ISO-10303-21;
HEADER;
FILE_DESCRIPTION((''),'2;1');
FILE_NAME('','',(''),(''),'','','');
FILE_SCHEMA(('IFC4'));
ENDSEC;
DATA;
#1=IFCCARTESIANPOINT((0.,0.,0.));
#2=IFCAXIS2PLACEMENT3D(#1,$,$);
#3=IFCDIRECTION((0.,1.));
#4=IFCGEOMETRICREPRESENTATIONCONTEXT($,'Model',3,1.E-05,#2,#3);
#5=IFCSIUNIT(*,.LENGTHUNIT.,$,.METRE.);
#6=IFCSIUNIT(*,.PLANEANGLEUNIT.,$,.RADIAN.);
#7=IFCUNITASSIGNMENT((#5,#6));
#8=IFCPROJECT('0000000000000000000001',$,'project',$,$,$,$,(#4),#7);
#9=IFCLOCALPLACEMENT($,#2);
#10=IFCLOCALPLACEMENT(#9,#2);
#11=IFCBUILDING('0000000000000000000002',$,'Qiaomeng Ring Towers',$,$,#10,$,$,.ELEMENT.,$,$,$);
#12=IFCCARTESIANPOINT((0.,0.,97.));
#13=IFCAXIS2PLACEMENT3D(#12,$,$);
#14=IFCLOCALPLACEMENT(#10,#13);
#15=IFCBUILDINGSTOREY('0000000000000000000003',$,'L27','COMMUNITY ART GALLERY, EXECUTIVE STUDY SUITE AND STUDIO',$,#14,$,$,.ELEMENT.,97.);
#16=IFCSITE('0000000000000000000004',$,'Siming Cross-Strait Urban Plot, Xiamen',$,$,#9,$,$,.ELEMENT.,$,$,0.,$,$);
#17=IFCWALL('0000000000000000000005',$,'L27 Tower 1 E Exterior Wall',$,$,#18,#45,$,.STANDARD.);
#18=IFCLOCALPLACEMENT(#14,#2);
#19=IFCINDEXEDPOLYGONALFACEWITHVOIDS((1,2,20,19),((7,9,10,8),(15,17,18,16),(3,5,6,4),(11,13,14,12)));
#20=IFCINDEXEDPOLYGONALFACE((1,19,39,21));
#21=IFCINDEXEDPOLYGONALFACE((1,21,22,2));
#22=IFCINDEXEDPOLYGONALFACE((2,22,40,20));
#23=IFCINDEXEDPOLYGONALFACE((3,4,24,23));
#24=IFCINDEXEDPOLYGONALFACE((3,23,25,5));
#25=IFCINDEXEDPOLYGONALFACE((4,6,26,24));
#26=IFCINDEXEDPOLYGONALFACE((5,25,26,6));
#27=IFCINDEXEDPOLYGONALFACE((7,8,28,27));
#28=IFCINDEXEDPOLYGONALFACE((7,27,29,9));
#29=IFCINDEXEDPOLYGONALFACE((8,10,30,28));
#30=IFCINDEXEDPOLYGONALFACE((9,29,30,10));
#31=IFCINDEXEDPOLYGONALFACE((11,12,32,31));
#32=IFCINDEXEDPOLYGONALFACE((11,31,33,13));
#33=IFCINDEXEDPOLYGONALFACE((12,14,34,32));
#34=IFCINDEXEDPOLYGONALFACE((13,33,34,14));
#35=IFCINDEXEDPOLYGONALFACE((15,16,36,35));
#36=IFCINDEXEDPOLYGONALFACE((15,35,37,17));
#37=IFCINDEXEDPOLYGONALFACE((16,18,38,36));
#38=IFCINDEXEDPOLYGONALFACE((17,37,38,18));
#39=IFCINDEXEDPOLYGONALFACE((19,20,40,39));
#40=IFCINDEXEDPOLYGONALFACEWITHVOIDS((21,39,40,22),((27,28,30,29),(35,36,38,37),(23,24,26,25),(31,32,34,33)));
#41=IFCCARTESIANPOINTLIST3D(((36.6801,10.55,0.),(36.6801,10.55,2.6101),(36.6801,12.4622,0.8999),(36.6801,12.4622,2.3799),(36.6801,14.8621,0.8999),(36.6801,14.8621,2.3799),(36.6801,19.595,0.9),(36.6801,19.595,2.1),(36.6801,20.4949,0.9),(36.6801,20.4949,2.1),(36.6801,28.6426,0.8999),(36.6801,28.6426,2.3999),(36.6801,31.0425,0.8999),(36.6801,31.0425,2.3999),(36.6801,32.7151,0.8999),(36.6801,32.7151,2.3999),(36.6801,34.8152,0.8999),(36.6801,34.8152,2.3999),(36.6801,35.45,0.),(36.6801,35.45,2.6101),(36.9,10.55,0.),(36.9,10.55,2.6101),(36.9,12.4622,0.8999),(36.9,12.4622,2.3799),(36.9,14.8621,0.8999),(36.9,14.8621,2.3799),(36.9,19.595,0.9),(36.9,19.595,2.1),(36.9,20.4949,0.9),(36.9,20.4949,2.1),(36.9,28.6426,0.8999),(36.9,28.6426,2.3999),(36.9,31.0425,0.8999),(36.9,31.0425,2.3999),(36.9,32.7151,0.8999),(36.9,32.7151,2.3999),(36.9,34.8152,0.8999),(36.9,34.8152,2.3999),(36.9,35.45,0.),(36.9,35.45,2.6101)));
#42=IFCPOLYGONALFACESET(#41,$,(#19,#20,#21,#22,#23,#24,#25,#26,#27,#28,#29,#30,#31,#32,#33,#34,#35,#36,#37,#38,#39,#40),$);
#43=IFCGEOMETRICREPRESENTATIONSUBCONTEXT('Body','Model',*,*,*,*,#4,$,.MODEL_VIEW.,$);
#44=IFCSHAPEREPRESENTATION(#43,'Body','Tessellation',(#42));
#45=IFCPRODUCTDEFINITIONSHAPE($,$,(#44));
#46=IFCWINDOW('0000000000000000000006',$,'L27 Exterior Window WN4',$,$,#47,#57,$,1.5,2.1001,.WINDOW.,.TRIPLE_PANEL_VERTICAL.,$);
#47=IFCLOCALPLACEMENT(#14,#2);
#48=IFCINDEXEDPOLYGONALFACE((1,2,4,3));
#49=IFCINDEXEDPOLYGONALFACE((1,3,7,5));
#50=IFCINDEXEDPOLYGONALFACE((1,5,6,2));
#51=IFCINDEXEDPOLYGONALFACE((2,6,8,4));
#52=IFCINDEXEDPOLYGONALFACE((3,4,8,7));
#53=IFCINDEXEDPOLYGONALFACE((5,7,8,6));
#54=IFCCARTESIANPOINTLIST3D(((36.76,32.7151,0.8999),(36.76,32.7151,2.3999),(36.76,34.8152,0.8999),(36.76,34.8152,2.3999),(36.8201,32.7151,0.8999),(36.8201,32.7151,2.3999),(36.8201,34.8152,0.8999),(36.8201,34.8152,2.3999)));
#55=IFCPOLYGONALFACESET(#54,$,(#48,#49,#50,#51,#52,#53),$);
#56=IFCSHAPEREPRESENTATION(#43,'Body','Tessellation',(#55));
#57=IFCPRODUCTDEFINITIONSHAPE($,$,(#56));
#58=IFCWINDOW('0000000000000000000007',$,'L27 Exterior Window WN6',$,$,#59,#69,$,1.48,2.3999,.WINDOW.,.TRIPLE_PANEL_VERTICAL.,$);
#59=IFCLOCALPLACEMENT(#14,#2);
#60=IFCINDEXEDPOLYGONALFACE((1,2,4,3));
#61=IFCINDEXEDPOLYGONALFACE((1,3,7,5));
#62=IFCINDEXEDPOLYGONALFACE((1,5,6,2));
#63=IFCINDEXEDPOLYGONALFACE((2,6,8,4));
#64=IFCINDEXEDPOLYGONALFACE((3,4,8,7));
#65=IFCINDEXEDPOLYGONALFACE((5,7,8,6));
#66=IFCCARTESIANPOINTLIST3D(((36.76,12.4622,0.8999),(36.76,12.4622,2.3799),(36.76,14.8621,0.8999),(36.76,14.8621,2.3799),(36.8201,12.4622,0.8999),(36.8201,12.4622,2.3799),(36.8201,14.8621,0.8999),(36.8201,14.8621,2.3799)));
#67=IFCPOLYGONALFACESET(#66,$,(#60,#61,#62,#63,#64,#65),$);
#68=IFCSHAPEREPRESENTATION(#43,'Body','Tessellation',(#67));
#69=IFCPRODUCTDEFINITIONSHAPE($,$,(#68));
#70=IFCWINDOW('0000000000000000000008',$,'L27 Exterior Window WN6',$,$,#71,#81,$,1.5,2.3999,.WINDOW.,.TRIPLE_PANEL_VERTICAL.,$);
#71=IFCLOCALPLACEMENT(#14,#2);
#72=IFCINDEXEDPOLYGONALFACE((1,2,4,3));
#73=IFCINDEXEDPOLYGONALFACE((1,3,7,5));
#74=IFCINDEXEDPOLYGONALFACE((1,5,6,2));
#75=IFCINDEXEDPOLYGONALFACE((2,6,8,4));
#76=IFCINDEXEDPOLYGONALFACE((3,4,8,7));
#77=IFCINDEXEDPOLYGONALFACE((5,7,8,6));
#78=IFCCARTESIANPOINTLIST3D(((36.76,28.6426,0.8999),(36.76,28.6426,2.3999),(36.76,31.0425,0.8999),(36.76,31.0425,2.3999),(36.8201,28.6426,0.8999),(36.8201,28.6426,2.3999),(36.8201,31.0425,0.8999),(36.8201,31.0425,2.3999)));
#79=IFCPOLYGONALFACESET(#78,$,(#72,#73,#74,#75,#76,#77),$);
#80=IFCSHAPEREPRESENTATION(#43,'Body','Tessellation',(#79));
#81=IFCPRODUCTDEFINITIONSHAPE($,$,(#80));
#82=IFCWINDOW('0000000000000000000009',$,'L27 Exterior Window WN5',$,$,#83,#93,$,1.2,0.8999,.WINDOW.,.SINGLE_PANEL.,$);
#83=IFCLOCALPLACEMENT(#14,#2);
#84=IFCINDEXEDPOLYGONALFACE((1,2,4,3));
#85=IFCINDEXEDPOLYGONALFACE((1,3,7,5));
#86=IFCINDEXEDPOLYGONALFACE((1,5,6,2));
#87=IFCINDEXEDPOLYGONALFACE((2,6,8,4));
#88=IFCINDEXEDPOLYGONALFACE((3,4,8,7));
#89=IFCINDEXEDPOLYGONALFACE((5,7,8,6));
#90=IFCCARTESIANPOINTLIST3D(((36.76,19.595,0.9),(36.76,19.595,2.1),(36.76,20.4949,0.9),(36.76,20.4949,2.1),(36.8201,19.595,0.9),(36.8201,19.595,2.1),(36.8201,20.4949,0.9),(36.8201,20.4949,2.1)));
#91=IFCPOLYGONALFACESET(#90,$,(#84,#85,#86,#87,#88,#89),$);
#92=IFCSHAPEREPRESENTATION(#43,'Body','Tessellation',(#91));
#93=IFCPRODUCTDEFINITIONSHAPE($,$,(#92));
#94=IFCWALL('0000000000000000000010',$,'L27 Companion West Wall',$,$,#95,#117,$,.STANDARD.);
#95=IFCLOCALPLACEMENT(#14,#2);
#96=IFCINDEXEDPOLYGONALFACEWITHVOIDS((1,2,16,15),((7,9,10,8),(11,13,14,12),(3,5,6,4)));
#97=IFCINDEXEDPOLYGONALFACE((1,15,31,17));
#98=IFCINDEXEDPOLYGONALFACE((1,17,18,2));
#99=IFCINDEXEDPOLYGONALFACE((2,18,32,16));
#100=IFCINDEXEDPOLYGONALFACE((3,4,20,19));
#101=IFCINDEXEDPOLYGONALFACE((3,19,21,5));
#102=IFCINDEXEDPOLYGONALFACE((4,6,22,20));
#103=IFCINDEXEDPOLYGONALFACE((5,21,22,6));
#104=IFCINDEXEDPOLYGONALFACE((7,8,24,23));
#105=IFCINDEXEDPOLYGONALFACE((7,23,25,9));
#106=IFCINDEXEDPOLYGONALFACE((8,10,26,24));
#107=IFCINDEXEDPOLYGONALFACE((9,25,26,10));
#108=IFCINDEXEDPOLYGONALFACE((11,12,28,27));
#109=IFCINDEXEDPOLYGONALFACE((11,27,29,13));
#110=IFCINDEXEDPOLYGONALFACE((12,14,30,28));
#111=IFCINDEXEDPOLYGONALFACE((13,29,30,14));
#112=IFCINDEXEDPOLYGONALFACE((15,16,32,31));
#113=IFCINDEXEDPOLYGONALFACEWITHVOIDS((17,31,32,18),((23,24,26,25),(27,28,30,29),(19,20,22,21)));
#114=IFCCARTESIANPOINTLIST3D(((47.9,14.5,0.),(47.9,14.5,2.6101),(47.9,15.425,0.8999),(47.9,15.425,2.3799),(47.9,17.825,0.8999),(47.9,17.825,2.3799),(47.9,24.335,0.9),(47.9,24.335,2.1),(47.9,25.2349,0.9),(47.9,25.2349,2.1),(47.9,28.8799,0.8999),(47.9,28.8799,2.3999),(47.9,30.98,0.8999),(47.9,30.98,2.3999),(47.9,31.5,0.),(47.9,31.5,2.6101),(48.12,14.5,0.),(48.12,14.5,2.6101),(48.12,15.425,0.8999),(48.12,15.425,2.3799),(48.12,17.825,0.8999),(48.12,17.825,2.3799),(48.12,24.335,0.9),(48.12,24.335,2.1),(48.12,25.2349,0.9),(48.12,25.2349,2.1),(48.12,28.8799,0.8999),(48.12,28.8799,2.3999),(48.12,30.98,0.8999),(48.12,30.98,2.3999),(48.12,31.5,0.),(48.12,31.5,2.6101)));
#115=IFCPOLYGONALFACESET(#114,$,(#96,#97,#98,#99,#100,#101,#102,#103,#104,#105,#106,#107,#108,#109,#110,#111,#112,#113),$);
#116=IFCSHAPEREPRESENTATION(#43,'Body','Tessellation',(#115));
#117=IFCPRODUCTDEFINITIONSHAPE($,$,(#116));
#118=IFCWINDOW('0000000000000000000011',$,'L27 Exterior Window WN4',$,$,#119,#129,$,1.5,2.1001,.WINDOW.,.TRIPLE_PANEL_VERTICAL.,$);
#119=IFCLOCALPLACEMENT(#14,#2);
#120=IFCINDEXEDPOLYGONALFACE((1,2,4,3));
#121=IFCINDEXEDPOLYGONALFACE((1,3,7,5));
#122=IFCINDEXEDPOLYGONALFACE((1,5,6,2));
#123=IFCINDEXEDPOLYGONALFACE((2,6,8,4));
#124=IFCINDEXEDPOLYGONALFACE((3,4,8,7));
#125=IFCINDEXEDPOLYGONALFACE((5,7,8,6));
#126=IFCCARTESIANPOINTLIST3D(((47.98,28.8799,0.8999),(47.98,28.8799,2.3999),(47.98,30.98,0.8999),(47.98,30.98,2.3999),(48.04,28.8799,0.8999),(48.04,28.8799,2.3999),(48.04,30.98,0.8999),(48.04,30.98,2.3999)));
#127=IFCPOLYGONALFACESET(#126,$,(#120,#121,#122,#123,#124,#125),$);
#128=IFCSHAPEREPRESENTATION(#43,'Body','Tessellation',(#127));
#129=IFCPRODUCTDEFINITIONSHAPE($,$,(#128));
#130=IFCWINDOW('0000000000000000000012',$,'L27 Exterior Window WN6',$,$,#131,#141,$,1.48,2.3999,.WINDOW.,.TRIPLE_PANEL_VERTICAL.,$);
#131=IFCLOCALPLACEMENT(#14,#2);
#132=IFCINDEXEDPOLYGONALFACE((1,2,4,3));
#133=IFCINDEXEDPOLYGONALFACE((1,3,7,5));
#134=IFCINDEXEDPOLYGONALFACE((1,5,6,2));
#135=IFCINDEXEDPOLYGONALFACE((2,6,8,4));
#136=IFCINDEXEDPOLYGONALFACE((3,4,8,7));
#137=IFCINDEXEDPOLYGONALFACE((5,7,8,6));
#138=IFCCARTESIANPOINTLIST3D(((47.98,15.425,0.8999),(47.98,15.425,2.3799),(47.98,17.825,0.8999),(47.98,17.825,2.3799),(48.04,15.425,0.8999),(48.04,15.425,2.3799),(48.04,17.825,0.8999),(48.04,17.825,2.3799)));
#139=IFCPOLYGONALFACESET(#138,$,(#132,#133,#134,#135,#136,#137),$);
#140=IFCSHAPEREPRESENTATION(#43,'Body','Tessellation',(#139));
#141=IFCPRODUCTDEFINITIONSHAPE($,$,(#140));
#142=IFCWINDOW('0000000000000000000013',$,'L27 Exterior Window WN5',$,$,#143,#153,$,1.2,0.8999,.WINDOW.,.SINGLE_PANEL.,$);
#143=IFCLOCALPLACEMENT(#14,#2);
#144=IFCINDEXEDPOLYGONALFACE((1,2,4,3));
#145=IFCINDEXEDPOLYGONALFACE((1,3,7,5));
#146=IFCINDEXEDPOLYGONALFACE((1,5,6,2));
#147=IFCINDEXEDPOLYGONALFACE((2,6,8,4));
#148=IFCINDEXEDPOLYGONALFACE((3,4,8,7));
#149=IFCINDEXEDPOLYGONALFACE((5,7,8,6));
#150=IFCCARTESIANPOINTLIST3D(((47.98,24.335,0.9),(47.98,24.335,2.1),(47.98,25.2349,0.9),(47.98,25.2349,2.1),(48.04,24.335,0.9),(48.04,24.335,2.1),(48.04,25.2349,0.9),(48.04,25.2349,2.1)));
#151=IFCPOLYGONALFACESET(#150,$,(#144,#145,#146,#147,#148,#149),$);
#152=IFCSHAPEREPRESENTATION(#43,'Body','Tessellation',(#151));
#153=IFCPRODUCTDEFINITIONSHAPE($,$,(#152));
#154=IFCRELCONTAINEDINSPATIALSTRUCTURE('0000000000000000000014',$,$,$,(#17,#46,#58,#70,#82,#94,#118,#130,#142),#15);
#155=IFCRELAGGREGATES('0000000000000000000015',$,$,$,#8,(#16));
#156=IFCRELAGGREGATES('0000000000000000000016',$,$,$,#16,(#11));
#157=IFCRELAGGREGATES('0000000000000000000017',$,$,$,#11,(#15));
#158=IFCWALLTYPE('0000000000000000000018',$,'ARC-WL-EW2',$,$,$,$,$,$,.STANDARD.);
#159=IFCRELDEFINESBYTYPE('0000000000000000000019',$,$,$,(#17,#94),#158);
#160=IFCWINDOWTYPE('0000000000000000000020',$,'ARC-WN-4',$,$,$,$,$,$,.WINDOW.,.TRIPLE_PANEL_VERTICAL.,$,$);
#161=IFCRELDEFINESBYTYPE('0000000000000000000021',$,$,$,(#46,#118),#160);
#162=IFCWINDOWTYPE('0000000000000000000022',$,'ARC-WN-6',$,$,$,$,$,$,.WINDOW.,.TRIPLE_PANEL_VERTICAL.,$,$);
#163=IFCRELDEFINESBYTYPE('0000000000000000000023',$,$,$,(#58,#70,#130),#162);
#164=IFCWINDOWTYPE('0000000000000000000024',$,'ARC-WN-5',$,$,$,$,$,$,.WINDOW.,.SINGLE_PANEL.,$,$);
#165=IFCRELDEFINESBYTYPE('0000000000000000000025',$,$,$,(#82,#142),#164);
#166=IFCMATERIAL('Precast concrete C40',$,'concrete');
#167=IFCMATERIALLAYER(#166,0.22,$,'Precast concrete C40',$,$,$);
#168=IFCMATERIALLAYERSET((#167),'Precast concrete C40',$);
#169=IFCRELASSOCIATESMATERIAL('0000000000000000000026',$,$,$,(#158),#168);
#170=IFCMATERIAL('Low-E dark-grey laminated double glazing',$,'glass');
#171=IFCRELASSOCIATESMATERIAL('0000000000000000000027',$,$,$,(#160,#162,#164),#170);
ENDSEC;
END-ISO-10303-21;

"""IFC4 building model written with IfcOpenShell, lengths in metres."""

from ifc_helpers import new_model, si_unit, direction, frame, frame_2d, origin, place, context, subcontext, project, spatial, rectangle, extrude, source, transform, mapped, material, layer, layer_set, type_object, element, fill, save


model = new_model("IFC4")

# Units and contexts
model_context = context("Model", 3, precision=1e-05, world=origin(), true_north=direction((0.0, 1.0)))
body_context = subcontext(model_context, "Body", "Model", "MODEL_VIEW")
ifc_project = project(units=[si_unit("LENGTHUNIT", "METRE"), si_unit("PLANEANGLEUNIT", "RADIAN")], contexts=[model_context])

# Site, building, storey
site_placement = place(None, origin())
site = spatial("IfcSite", under=ifc_project, at=site_placement, Name="Siming Cross-Strait Urban Plot, Xiamen", CompositionType="ELEMENT", RefElevation=0.0)
building_placement = place(site_placement, origin())
building = spatial("IfcBuilding", under=site, at=building_placement, Name="Qiaomeng Ring Towers", CompositionType="ELEMENT")
storey_placement = place(building_placement, frame((0.0, 0.0, 97.0)))
storey = spatial("IfcBuildingStorey", under=building, at=storey_placement, Name="L27", Description="COMMUNITY ART GALLERY, EXECUTIVE STUDY SUITE AND STUDIO", CompositionType="ELEMENT", Elevation=97.0)

# Shared definitions
ifc_material_1 = material(Name="Low-E dark-grey laminated double glazing", Category="glass")

# Walls, openings, windows
ifc_material_2 = material(Name="Precast concrete C40", Category="concrete")
ifc_layer_1 = layer(ifc_material_2, 0.22, Name="Precast concrete C40")
ifc_layer_set_1 = layer_set([ifc_layer_1], Name="Precast concrete C40")
wall_type_1 = type_object("IfcWallType", Name="ARC-WL-EW2", PredefinedType="STANDARD", material=ifc_layer_set_1)
wall_1_placement = place(storey_placement, frame((36.79, 10.55, 0.0), z_axis=(0.0, 0.0, 1.0), x_axis=(0.0, 1.0, 0.0)))
wall_1 = element("IfcWall", 1, at=wall_1_placement, inside=storey, type_object=wall_type_1, Name="L27 Tower 1 E Exterior Wall", PredefinedType="STANDARD", context=body_context, shape_type="SweptSolid", body=[
    extrude(rectangle(XDim=24.8999, YDim=0.22, at=frame_2d((12.45, 0.0))), origin(), (0.0, 0.0, 1.0), 2.6101),
])
opening_1_placement = place(wall_1_placement, frame((1.9121, 0.0, 0.8999)))
opening_1 = element("IfcOpeningElement", 2, at=opening_1_placement, cuts=wall_1, PredefinedType="OPENING", context=body_context, shape_type="SweptSolid", body=[
    extrude(rectangle(XDim=2.3999, YDim=1.48, at=frame_2d((1.2, 0.74))), frame((0.0, 0.1199, 0.0), z_axis=(0.0, -1.0, 0.0), x_axis=(1.0, 0.0, 0.0)), (0.0, 0.0, 1.0), 0.24),
])
opening_2_placement = place(wall_1_placement, frame((22.165, 0.0, 0.8999)))
opening_2 = element("IfcOpeningElement", 3, at=opening_2_placement, cuts=wall_1, PredefinedType="OPENING", context=body_context, shape_type="SweptSolid", body=[
    extrude(rectangle(XDim=2.1001, YDim=1.5, at=frame_2d((1.05, 0.75))), frame((0.0, 0.1199, 0.0), z_axis=(0.0, -1.0, 0.0), x_axis=(1.0, 0.0, 0.0)), (0.0, 0.0, 1.0), 0.24),
])
opening_3_placement = place(wall_1_placement, frame((18.0925, 0.0, 0.8999)))
opening_3 = element("IfcOpeningElement", 4, at=opening_3_placement, cuts=wall_1, PredefinedType="OPENING", context=body_context, shape_type="SweptSolid", body=[
    extrude(rectangle(XDim=2.3999, YDim=1.5, at=frame_2d((1.2, 0.75))), frame((0.0, 0.1199, 0.0), z_axis=(0.0, -1.0, 0.0), x_axis=(1.0, 0.0, 0.0)), (0.0, 0.0, 1.0), 0.24),
])
opening_4_placement = place(wall_1_placement, frame((9.0449, 0.0, 0.8999)))
opening_4 = element("IfcOpeningElement", 5, at=opening_4_placement, cuts=wall_1, PredefinedType="OPENING", context=body_context, shape_type="SweptSolid", body=[
    extrude(rectangle(XDim=0.8999, YDim=1.2, at=frame_2d((0.45, 0.6001))), frame((0.0, 0.1199, 0.0), z_axis=(0.0, -1.0, 0.0), x_axis=(1.0, 0.0, 0.0)), (0.0, 0.0, 1.0), 0.24),
])
window_type_1 = type_object("IfcWindowType", Name="ARC-WN-4", PartitioningType="TRIPLE_PANEL_VERTICAL", PredefinedType="WINDOW", material=ifc_material_1)
shared_shape_1 = source(origin(), body_context, "Body", "SweptSolid", [
    extrude(rectangle(XDim=2.1001, YDim=1.5, at=frame_2d((1.05, 0.75))), frame((0.0, 0.03, 0.0), z_axis=(0.0, -1.0, 0.0), x_axis=(1.0, 0.0, 0.0)), (0.0, 0.0, 1.0), 0.0601),
])
window_1_placement = place(opening_2_placement, origin())
window_1 = element("IfcWindow", 6, at=window_1_placement, inside=storey, type_object=window_type_1, Name="L27 Exterior Window WN4", OverallHeight=1.5, OverallWidth=2.1001, PartitioningType="TRIPLE_PANEL_VERTICAL", PredefinedType="WINDOW", context=body_context, shape_type="MappedRepresentation", body=[
    mapped(shared_shape_1, transform((0.0, 0.0, 0.0), x_axis=(1.0, 0.0, 0.0), y_axis=(0.0, 1.0, 0.0), z_axis=(0.0, 0.0, 1.0), scale=1.0)),
])
fill(opening_2, window_1)
window_type_2 = type_object("IfcWindowType", Name="ARC-WN-6", PartitioningType="TRIPLE_PANEL_VERTICAL", PredefinedType="WINDOW", material=ifc_material_1)
shared_shape_2 = source(origin(), body_context, "Body", "SweptSolid", [
    extrude(rectangle(XDim=2.3999, YDim=1.48, at=frame_2d((1.2, 0.74))), frame((0.0, 0.03, 0.0), z_axis=(0.0, -1.0, 0.0), x_axis=(1.0, 0.0, 0.0)), (0.0, 0.0, 1.0), 0.0601),
])
window_2_placement = place(opening_1_placement, origin())
window_2 = element("IfcWindow", 7, at=window_2_placement, inside=storey, type_object=window_type_2, Name="L27 Exterior Window WN6", OverallHeight=1.48, OverallWidth=2.3999, PartitioningType="TRIPLE_PANEL_VERTICAL", PredefinedType="WINDOW", context=body_context, shape_type="MappedRepresentation", body=[
    mapped(shared_shape_2, transform((0.0, 0.0, 0.0), x_axis=(1.0, 0.0, 0.0), y_axis=(0.0, 1.0, 0.0), z_axis=(0.0, 0.0, 1.0), scale=1.0)),
])
fill(opening_1, window_2)
shared_shape_3 = source(origin(), body_context, "Body", "SweptSolid", [
    extrude(rectangle(XDim=2.3999, YDim=1.5, at=frame_2d((1.2, 0.75))), frame((0.0, 0.03, 0.0), z_axis=(0.0, -1.0, 0.0), x_axis=(1.0, 0.0, 0.0)), (0.0, 0.0, 1.0), 0.0601),
])
window_3_placement = place(opening_3_placement, origin())
window_3 = element("IfcWindow", 8, at=window_3_placement, inside=storey, type_object=window_type_2, Name="L27 Exterior Window WN6", OverallHeight=1.5, OverallWidth=2.3999, PartitioningType="TRIPLE_PANEL_VERTICAL", PredefinedType="WINDOW", context=body_context, shape_type="MappedRepresentation", body=[
    mapped(shared_shape_3, transform((0.0, 0.0, 0.0), x_axis=(1.0, 0.0, 0.0), y_axis=(0.0, 1.0, 0.0), z_axis=(0.0, 0.0, 1.0), scale=1.0)),
])
fill(opening_3, window_3)
window_type_3 = type_object("IfcWindowType", Name="ARC-WN-5", PartitioningType="SINGLE_PANEL", PredefinedType="WINDOW", material=ifc_material_1)
shared_shape_4 = source(origin(), body_context, "Body", "SweptSolid", [
    extrude(rectangle(XDim=0.8999, YDim=1.2, at=frame_2d((0.45, 0.6001))), frame((0.0, 0.03, 0.0), z_axis=(0.0, -1.0, 0.0), x_axis=(1.0, 0.0, 0.0)), (0.0, 0.0, 1.0), 0.0601),
])
window_4_placement = place(opening_4_placement, origin())
window_4 = element("IfcWindow", 9, at=window_4_placement, inside=storey, type_object=window_type_3, Name="L27 Exterior Window WN5", OverallHeight=1.2, OverallWidth=0.8999, PartitioningType="SINGLE_PANEL", PredefinedType="WINDOW", context=body_context, shape_type="MappedRepresentation", body=[
    mapped(shared_shape_4, transform((0.0, 0.0, 0.0), x_axis=(1.0, 0.0, 0.0), y_axis=(0.0, 1.0, 0.0), z_axis=(0.0, 0.0, 1.0), scale=1.0)),
])
fill(opening_4, window_4)
wall_2_placement = place(storey_placement, frame((48.01, 14.5, 0.0), z_axis=(0.0, 0.0, 1.0), x_axis=(0.0, 1.0, 0.0)))
wall_2 = element("IfcWall", 10, at=wall_2_placement, inside=storey, type_object=wall_type_1, Name="L27 Companion West Wall", PredefinedType="STANDARD", context=body_context, shape_type="SweptSolid", body=[
    extrude(rectangle(XDim=17.0, YDim=0.22, at=frame_2d((8.5, 0.0))), origin(), (0.0, 0.0, 1.0), 2.6101),
])
opening_5_placement = place(wall_2_placement, frame((0.925, 0.0, 0.8999)))
opening_5 = element("IfcOpeningElement", 11, at=opening_5_placement, cuts=wall_2, PredefinedType="OPENING", context=body_context, shape_type="SweptSolid", body=[
    extrude(rectangle(XDim=2.3999, YDim=1.48, at=frame_2d((1.2, 0.74))), frame((0.0, 0.1199, 0.0), z_axis=(0.0, -1.0, 0.0), x_axis=(1.0, 0.0, 0.0)), (0.0, 0.0, 1.0), 0.24),
])
opening_6_placement = place(wall_2_placement, frame((14.3799, 0.0, 0.8999)))
opening_6 = element("IfcOpeningElement", 12, at=opening_6_placement, cuts=wall_2, PredefinedType="OPENING", context=body_context, shape_type="SweptSolid", body=[
    extrude(rectangle(XDim=2.1001, YDim=1.5, at=frame_2d((1.05, 0.75))), frame((0.0, 0.1199, 0.0), z_axis=(0.0, -1.0, 0.0), x_axis=(1.0, 0.0, 0.0)), (0.0, 0.0, 1.0), 0.24),
])
opening_7_placement = place(wall_2_placement, frame((9.835, 0.0, 0.8999)))
opening_7 = element("IfcOpeningElement", 13, at=opening_7_placement, cuts=wall_2, PredefinedType="OPENING", context=body_context, shape_type="SweptSolid", body=[
    extrude(rectangle(XDim=0.8999, YDim=1.2, at=frame_2d((0.45, 0.6001))), frame((0.0, 0.1199, 0.0), z_axis=(0.0, -1.0, 0.0), x_axis=(1.0, 0.0, 0.0)), (0.0, 0.0, 1.0), 0.24),
])
window_5_placement = place(opening_6_placement, origin())
window_5 = element("IfcWindow", 14, at=window_5_placement, inside=storey, type_object=window_type_1, Name="L27 Exterior Window WN4", OverallHeight=1.5, OverallWidth=2.1001, PartitioningType="TRIPLE_PANEL_VERTICAL", PredefinedType="WINDOW", context=body_context, shape_type="MappedRepresentation", body=[
    mapped(shared_shape_1, transform((0.0, 0.0, 0.0), x_axis=(1.0, 0.0, 0.0), y_axis=(0.0, 1.0, 0.0), z_axis=(0.0, 0.0, 1.0), scale=1.0)),
])
fill(opening_6, window_5)
window_6_placement = place(opening_5_placement, origin())
window_6 = element("IfcWindow", 15, at=window_6_placement, inside=storey, type_object=window_type_2, Name="L27 Exterior Window WN6", OverallHeight=1.48, OverallWidth=2.3999, PartitioningType="TRIPLE_PANEL_VERTICAL", PredefinedType="WINDOW", context=body_context, shape_type="MappedRepresentation", body=[
    mapped(shared_shape_2, transform((0.0, 0.0, 0.0), x_axis=(1.0, 0.0, 0.0), y_axis=(0.0, 1.0, 0.0), z_axis=(0.0, 0.0, 1.0), scale=1.0)),
])
fill(opening_5, window_6)
window_7_placement = place(opening_7_placement, origin())
window_7 = element("IfcWindow", 16, at=window_7_placement, inside=storey, type_object=window_type_3, Name="L27 Exterior Window WN5", OverallHeight=1.2, OverallWidth=0.8999, PartitioningType="SINGLE_PANEL", PredefinedType="WINDOW", context=body_context, shape_type="MappedRepresentation", body=[
    mapped(shared_shape_4, transform((0.0, 0.0, 0.0), x_axis=(1.0, 0.0, 0.0), y_axis=(0.0, 1.0, 0.0), z_axis=(0.0, 0.0, 1.0), scale=1.0)),
])
fill(opening_7, window_7)

save(model, "model.ifc")
